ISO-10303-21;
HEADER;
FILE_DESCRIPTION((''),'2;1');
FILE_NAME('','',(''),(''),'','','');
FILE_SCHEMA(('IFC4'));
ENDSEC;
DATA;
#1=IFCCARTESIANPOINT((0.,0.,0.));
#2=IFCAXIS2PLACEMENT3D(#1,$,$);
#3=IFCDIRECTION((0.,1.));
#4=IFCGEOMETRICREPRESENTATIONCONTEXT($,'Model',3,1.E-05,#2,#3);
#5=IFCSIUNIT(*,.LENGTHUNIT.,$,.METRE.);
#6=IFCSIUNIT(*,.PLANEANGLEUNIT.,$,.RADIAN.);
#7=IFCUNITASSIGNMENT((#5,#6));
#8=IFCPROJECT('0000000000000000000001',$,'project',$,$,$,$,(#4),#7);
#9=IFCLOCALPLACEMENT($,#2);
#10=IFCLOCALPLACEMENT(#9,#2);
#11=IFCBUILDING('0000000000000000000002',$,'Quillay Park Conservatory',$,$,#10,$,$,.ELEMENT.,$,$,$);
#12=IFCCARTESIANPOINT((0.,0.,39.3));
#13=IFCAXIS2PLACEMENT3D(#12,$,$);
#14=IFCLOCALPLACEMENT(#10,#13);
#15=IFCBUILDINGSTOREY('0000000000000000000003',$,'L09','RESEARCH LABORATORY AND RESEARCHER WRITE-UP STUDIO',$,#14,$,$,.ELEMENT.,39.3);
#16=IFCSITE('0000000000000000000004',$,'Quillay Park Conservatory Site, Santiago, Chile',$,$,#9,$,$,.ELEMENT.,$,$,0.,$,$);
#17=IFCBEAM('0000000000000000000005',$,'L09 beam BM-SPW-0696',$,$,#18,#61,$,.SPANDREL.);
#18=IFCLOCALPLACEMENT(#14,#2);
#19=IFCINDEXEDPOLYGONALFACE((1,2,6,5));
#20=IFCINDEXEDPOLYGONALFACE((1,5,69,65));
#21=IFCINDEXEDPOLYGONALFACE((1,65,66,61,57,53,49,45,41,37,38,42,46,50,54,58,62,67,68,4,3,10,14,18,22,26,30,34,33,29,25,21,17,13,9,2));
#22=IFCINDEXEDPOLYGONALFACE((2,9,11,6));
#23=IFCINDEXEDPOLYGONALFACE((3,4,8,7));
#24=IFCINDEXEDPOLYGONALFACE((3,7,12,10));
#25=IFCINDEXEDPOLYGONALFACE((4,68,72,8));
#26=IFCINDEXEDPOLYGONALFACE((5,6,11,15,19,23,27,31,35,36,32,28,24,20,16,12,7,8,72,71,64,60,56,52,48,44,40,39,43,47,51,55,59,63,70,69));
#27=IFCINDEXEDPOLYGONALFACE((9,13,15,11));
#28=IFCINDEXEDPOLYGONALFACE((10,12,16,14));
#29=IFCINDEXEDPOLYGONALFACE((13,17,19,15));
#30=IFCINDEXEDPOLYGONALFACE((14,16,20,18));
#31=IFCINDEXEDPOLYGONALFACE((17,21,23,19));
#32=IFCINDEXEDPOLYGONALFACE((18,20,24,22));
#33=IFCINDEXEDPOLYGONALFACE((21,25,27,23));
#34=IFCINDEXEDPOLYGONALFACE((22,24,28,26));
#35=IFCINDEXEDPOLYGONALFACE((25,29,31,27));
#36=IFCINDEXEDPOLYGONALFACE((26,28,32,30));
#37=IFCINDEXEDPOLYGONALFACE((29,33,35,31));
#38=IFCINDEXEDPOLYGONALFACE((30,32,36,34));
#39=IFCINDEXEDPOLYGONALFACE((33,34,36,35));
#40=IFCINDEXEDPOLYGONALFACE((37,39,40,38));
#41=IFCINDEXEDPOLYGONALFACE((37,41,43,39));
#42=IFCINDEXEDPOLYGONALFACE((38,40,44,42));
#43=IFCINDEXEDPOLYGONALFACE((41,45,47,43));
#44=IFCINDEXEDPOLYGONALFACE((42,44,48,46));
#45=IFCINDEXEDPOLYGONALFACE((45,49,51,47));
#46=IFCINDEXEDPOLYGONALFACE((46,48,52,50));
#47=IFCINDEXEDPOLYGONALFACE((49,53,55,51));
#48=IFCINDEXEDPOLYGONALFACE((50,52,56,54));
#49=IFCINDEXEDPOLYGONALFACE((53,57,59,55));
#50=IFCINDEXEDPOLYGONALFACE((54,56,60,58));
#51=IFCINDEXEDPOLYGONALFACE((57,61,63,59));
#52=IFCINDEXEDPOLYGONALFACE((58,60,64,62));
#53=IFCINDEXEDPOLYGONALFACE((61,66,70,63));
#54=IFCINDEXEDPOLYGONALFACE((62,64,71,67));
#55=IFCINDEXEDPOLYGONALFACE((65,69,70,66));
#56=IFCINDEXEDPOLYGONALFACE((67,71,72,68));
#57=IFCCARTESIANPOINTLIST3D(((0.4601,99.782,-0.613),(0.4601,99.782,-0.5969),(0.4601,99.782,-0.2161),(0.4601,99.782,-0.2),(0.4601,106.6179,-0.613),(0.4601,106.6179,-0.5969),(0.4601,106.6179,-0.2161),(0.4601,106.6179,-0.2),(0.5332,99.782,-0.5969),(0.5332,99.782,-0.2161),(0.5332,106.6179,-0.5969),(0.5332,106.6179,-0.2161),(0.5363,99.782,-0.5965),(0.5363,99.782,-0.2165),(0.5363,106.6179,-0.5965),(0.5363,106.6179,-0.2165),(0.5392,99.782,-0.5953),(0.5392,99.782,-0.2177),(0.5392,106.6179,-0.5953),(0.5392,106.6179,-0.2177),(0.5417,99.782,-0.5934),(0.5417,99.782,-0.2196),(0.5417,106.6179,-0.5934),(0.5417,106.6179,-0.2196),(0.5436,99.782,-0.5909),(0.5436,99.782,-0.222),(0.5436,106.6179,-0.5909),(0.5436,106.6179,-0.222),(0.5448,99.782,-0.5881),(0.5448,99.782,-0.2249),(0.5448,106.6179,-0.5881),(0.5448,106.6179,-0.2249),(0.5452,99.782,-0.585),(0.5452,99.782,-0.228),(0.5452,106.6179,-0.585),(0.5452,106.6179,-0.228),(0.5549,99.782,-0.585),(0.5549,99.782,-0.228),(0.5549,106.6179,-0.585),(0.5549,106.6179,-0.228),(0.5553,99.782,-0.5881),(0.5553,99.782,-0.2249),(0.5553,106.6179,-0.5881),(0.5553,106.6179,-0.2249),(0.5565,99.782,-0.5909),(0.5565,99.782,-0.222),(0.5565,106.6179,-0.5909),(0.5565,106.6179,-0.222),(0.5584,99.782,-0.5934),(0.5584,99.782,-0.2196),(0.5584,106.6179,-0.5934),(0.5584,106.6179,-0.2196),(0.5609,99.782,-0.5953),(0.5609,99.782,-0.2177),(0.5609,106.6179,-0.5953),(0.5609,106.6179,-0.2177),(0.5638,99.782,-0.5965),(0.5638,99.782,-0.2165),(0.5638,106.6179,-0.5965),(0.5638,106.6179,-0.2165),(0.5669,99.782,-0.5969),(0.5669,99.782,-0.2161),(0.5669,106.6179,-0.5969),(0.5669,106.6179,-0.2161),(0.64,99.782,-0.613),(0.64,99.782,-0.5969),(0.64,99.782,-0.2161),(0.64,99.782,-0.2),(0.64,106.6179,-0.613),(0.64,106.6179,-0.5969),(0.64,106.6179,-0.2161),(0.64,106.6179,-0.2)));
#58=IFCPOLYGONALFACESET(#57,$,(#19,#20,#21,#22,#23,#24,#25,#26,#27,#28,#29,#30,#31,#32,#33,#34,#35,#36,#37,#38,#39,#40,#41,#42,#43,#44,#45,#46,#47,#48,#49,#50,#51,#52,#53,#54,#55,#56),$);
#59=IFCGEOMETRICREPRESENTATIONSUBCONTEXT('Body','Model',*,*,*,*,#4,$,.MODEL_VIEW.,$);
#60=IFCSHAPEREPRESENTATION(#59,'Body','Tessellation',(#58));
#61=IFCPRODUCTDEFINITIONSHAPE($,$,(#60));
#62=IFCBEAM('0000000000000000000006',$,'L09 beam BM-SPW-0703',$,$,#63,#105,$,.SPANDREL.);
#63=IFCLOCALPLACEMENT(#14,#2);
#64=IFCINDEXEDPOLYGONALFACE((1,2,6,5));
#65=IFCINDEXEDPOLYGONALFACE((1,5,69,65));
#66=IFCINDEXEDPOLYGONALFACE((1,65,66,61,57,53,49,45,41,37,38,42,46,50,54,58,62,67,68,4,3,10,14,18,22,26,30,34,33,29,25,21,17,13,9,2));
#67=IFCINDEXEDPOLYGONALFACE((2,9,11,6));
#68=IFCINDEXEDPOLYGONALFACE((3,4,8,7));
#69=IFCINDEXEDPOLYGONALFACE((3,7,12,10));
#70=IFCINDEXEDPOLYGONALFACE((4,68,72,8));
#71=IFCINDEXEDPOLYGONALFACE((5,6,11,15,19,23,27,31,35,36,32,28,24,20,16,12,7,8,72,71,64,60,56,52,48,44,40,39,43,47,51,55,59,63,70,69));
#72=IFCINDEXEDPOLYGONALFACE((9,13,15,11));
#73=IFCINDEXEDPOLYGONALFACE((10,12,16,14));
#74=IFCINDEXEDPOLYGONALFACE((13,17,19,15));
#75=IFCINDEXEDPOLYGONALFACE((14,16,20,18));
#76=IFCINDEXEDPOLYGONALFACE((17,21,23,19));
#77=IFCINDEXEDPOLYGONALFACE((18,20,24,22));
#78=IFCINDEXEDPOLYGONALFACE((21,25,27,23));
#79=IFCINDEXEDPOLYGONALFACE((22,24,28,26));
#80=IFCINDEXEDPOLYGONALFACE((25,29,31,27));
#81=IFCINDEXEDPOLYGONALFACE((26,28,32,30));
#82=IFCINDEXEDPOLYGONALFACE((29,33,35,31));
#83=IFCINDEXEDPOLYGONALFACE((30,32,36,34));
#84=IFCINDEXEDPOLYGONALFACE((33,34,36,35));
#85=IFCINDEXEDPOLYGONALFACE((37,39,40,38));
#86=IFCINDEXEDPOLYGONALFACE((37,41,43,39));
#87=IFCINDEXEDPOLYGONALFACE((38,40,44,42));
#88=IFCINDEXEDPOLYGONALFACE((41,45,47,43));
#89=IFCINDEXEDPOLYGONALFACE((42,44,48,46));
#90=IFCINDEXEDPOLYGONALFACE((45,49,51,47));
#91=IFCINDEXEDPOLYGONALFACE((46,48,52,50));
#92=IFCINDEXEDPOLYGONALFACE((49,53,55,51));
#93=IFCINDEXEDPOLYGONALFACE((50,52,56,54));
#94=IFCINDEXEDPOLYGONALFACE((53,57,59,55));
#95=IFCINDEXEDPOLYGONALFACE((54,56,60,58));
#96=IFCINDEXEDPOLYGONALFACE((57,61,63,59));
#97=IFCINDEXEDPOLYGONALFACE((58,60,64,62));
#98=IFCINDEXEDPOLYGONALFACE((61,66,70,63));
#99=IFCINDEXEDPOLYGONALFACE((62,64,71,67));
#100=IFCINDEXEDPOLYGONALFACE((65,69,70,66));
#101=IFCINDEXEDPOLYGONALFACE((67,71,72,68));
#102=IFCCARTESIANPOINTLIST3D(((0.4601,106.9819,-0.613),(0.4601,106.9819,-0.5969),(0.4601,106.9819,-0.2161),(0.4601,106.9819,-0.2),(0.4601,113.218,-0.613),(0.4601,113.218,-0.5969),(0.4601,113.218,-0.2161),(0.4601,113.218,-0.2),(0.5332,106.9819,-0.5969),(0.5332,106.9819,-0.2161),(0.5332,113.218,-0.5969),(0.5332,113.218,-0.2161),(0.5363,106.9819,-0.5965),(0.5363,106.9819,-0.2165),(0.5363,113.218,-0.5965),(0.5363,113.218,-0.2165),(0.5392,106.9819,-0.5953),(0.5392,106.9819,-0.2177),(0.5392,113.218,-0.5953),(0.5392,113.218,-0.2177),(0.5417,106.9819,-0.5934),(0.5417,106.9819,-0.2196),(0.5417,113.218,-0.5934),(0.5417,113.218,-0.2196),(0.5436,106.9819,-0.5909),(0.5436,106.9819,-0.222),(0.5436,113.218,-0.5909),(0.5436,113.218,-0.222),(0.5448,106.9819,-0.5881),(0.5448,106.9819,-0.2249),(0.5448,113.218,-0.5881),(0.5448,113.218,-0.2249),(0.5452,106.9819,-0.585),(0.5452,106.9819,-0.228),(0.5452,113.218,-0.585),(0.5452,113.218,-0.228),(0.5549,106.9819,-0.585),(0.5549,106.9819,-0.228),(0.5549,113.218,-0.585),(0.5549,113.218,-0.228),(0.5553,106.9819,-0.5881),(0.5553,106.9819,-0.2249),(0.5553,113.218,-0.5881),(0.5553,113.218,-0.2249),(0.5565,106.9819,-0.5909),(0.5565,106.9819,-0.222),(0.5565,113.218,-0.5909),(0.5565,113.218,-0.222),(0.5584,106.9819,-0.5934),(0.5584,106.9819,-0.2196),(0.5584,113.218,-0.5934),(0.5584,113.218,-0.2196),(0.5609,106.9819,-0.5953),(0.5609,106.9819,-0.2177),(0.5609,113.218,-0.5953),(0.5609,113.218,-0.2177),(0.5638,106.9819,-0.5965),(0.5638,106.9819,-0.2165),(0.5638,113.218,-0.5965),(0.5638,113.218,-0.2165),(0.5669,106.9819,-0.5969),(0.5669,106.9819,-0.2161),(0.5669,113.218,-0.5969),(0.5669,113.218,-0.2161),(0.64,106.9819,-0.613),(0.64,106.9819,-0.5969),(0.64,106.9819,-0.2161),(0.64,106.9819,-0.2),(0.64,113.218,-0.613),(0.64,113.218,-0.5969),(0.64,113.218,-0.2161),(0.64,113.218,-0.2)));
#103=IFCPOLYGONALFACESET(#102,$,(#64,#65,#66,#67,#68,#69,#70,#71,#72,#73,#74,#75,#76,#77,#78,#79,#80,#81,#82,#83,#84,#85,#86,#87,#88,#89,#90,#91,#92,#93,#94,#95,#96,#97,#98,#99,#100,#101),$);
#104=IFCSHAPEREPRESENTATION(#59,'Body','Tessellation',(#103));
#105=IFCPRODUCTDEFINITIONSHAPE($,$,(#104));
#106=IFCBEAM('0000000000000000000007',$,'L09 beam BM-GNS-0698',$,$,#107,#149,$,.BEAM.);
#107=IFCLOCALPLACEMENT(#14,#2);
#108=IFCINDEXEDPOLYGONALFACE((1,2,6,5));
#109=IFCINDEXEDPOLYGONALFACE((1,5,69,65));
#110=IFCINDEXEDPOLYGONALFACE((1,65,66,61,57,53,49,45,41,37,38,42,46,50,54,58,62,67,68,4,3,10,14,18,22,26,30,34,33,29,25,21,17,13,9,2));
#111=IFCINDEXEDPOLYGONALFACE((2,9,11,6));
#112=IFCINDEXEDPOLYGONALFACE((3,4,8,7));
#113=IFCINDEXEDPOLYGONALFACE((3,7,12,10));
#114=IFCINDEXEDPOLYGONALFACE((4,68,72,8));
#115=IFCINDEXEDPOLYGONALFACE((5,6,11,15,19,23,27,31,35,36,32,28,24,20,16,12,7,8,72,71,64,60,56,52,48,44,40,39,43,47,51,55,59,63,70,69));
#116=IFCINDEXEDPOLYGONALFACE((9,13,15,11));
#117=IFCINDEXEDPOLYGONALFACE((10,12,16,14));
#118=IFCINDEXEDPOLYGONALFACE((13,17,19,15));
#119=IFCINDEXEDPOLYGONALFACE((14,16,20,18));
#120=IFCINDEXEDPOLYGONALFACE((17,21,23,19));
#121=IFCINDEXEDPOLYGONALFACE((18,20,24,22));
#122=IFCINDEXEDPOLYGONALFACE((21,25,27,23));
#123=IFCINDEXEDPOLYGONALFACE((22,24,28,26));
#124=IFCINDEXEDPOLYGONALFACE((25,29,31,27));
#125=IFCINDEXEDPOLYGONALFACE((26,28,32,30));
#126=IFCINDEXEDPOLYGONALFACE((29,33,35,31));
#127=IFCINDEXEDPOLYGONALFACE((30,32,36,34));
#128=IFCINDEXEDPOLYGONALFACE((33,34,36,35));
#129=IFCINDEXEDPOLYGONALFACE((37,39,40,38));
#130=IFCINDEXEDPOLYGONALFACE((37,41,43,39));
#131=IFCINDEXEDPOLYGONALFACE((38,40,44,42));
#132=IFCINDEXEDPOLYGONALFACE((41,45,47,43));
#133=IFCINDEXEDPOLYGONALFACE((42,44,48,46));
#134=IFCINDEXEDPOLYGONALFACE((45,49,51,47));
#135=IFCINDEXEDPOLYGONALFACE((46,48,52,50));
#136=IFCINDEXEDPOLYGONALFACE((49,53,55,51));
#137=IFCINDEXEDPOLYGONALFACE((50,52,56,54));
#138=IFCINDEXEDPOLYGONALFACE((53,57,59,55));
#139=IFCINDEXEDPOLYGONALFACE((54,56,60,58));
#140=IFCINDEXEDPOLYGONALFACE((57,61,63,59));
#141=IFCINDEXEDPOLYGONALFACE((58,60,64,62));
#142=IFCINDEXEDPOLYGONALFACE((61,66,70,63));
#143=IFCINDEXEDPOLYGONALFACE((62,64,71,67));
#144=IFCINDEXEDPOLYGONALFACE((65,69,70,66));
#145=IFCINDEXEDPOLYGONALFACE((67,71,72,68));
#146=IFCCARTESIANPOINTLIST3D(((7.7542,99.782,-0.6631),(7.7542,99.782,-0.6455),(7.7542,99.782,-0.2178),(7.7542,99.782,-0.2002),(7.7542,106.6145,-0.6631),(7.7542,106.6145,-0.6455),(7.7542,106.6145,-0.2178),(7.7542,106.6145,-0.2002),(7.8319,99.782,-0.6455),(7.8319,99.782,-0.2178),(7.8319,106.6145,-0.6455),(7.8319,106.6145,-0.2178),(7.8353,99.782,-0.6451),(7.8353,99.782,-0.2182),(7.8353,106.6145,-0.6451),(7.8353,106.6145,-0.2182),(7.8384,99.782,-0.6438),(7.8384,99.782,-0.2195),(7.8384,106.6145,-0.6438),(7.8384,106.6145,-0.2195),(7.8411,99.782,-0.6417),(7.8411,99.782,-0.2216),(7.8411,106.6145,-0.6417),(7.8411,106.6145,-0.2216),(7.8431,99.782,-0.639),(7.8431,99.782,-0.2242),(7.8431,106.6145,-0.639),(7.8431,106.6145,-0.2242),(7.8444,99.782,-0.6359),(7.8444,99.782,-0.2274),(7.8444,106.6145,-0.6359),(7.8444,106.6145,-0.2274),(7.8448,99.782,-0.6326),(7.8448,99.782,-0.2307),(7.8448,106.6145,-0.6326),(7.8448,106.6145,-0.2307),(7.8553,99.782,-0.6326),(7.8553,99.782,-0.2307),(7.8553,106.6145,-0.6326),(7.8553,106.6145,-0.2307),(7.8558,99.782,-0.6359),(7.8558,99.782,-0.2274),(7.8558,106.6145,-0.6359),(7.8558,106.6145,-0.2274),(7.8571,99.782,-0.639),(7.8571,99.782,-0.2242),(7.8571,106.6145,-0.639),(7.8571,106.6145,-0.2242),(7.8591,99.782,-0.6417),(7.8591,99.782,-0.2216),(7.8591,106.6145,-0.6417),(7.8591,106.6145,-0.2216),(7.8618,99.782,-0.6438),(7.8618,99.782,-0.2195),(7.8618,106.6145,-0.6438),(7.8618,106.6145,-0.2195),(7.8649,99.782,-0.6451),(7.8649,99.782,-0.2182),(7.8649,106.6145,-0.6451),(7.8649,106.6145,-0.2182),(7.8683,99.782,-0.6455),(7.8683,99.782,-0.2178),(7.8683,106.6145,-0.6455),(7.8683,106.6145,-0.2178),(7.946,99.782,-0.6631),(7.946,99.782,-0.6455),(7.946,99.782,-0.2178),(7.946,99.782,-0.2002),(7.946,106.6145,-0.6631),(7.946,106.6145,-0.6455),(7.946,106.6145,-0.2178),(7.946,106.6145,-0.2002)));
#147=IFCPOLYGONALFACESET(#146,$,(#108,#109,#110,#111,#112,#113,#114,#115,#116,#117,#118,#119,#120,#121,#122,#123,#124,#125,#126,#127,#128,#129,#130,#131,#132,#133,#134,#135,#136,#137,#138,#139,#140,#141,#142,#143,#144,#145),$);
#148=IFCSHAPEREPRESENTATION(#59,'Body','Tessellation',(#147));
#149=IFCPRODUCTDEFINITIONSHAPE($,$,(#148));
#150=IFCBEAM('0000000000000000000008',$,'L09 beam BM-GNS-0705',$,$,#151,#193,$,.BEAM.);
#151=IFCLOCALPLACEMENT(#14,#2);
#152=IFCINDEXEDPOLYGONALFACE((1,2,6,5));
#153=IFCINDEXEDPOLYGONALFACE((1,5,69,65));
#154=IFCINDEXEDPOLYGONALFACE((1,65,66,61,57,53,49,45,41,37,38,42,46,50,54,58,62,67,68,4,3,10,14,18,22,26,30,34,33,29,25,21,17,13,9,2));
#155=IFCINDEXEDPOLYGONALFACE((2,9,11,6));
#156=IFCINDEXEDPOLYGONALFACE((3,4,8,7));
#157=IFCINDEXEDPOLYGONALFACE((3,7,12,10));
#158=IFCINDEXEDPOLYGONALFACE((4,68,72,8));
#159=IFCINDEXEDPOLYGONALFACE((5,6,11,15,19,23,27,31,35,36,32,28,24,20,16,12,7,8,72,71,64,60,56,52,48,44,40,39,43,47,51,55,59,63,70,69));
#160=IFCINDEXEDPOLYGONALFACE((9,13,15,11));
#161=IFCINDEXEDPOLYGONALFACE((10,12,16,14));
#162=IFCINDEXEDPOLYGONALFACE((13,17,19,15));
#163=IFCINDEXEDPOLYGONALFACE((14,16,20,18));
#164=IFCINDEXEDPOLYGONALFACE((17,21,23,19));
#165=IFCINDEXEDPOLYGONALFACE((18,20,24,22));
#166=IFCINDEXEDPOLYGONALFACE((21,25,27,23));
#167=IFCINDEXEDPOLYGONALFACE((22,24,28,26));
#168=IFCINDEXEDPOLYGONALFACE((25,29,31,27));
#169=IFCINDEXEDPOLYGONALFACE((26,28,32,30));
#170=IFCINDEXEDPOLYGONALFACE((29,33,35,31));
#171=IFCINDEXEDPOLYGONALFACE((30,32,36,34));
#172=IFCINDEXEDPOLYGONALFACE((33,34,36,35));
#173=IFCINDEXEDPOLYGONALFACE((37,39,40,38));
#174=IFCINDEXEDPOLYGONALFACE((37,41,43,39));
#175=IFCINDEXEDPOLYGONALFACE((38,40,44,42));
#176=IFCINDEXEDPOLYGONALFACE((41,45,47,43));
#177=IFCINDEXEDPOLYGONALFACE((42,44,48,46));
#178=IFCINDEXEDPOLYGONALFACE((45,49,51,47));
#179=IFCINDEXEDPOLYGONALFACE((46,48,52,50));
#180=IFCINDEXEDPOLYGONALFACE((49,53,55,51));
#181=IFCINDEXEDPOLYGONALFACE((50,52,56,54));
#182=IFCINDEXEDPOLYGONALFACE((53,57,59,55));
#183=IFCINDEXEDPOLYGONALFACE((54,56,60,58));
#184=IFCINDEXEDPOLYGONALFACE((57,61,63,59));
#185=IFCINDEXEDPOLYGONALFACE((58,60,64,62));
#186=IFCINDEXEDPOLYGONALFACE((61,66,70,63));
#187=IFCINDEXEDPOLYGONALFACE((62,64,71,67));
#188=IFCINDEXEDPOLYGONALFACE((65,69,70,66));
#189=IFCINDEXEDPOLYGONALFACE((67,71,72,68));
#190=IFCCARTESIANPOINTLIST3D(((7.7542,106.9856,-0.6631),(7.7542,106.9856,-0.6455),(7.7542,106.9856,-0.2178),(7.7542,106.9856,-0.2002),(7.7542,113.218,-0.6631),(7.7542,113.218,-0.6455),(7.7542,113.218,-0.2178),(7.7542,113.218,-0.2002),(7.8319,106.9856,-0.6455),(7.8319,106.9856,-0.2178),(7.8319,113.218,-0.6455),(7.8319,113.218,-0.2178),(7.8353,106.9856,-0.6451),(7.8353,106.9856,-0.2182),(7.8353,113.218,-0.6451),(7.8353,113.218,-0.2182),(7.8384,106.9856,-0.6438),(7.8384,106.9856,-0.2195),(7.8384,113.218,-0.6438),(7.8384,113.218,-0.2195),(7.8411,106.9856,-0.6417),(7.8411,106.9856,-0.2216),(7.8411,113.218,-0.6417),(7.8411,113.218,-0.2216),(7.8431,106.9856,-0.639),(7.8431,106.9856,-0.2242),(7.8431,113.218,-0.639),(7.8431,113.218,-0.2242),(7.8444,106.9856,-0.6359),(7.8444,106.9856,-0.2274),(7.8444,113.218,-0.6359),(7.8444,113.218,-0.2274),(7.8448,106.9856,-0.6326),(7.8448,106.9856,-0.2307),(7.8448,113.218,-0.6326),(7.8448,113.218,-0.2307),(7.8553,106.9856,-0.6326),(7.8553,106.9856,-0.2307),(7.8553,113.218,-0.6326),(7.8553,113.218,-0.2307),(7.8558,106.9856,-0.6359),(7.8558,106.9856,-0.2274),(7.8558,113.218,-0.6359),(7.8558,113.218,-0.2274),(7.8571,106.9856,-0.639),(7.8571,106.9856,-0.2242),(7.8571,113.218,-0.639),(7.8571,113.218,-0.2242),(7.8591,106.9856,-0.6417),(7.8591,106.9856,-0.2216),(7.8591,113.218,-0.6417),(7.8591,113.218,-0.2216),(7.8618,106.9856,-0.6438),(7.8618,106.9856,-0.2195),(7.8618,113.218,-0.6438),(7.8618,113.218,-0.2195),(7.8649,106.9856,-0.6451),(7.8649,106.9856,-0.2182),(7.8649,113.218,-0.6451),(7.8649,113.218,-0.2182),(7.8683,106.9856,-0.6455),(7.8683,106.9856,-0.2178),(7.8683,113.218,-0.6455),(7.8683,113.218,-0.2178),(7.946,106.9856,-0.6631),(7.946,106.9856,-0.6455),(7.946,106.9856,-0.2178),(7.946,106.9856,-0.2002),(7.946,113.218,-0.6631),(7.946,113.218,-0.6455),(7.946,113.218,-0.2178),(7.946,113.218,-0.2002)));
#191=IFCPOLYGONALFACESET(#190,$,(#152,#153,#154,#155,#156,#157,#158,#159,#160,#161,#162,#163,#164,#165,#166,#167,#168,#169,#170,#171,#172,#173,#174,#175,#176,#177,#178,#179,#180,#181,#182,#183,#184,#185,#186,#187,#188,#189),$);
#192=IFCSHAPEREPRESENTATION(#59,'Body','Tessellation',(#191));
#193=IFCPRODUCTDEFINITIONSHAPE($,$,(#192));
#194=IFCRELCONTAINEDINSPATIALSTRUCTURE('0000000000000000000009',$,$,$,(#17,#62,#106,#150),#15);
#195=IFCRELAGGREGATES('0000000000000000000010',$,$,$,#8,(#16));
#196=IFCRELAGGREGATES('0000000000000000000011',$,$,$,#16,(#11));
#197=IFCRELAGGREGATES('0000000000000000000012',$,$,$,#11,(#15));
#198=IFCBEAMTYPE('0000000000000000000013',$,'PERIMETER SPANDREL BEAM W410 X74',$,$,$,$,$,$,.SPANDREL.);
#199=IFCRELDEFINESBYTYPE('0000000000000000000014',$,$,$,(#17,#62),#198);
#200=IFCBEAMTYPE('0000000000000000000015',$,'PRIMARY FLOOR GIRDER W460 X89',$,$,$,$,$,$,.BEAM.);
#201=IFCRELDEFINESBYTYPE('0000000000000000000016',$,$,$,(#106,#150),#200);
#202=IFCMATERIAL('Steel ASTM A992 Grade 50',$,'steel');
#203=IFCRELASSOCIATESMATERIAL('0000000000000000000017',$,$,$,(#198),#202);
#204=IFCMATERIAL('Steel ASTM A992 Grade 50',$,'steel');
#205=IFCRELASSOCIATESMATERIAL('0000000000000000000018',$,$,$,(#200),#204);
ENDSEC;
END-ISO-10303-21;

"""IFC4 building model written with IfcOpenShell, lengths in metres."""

from ifc_helpers import new_model, si_unit, direction, frame, origin, origin_2d, place, context, subcontext, project, spatial, i_section, extrude, material, material_profile, profile_set, type_object, element, save


model = new_model("IFC4")

# Units and contexts
model_context = context("Model", 3, precision=1e-05, world=origin(), true_north=direction((0.0, 1.0)))
body_context = subcontext(model_context, "Body", "Model", "MODEL_VIEW")
ifc_project = project(units=[si_unit("LENGTHUNIT", "METRE"), si_unit("PLANEANGLEUNIT", "RADIAN")], contexts=[model_context])

# Site, building, storey
site_placement = place(None, origin())
site = spatial("IfcSite", under=ifc_project, at=site_placement, Name="Quillay Park Conservatory Site, Santiago, Chile", CompositionType="ELEMENT", RefElevation=0.0)
building_placement = place(site_placement, origin())
building = spatial("IfcBuilding", under=site, at=building_placement, Name="Quillay Park Conservatory", CompositionType="ELEMENT")
storey_placement = place(building_placement, frame((0.0, 0.0, 39.3)))
storey = spatial("IfcBuildingStorey", under=building, at=storey_placement, Name="L09", Description="RESEARCH LABORATORY AND RESEARCHER WRITE-UP STUDIO", CompositionType="ELEMENT", Elevation=39.3)

# Beams
ifc_material_1 = material(Name="Steel ASTM A992 Grade 50", Category="steel")
ifc_material_profile_1 = material_profile(ifc_material_1, i_section(OverallWidth=0.1799, OverallDepth=0.4131, WebThickness=0.0098, FlangeThickness=0.0161, FilletRadius=0.012, at=origin_2d()), Name="W410x74")
ifc_profile_set_1 = profile_set([ifc_material_profile_1], Name="Steel ASTM A992 Grade 50")
beam_type_1 = type_object("IfcBeamType", Name="PERIMETER SPANDREL BEAM W410 X74", PredefinedType="SPANDREL", material=ifc_profile_set_1)
beam_1_placement = place(storey_placement, frame((0.55, 99.782, -0.4065), z_axis=(0.0, 1.0, 0.0), x_axis=(-1.0, 0.0, 0.0)))
element("IfcBeam", 1, at=beam_1_placement, inside=storey, type_object=beam_type_1, Name="L09 beam BM-SPW-0696", PredefinedType="SPANDREL", context=body_context, shape_type="SweptSolid", body=[
    extrude(i_section(OverallWidth=0.1799, OverallDepth=0.4131, WebThickness=0.0098, FlangeThickness=0.0161, FilletRadius=0.012, at=origin_2d()), origin(), (0.0, 0.0, 1.0), 6.8359),
])
beam_2_placement = place(storey_placement, frame((0.55, 106.9819, -0.4065), z_axis=(0.0, 1.0, 0.0), x_axis=(-1.0, 0.0, 0.0)))
element("IfcBeam", 2, at=beam_2_placement, inside=storey, type_object=beam_type_1, Name="L09 beam BM-SPW-0703", PredefinedType="SPANDREL", context=body_context, shape_type="SweptSolid", body=[
    extrude(i_section(OverallWidth=0.1799, OverallDepth=0.4131, WebThickness=0.0098, FlangeThickness=0.0161, FilletRadius=0.012, at=origin_2d()), origin(), (0.0, 0.0, 1.0), 6.2361),
])
ifc_material_2 = material(Name="Steel ASTM A992 Grade 50", Category="steel")
ifc_material_profile_2 = material_profile(ifc_material_2, i_section(OverallWidth=0.1919, OverallDepth=0.4629, WebThickness=0.0105, FlangeThickness=0.0176, FilletRadius=0.0129, at=origin_2d()), Name="W460x89")
ifc_profile_set_2 = profile_set([ifc_material_profile_2], Name="Steel ASTM A992 Grade 50")
beam_type_2 = type_object("IfcBeamType", Name="PRIMARY FLOOR GIRDER W460 X89", PredefinedType="BEAM", material=ifc_profile_set_2)
beam_3_placement = place(storey_placement, frame((7.8501, 99.782, -0.4316), z_axis=(0.0, 1.0, 0.0), x_axis=(-1.0, 0.0, 0.0)))
element("IfcBeam", 3, at=beam_3_placement, inside=storey, type_object=beam_type_2, Name="L09 beam BM-GNS-0698", PredefinedType="BEAM", context=body_context, shape_type="SweptSolid", body=[
    extrude(i_section(OverallWidth=0.1919, OverallDepth=0.4629, WebThickness=0.0105, FlangeThickness=0.0176, FilletRadius=0.0129, at=origin_2d()), origin(), (0.0, 0.0, 1.0), 6.8325),
])
beam_4_placement = place(storey_placement, frame((7.8501, 106.9856, -0.4316), z_axis=(0.0, 1.0, 0.0), x_axis=(-1.0, 0.0, 0.0)))
element("IfcBeam", 4, at=beam_4_placement, inside=storey, type_object=beam_type_2, Name="L09 beam BM-GNS-0705", PredefinedType="BEAM", context=body_context, shape_type="SweptSolid", body=[
    extrude(i_section(OverallWidth=0.1919, OverallDepth=0.4629, WebThickness=0.0105, FlangeThickness=0.0176, FilletRadius=0.0129, at=origin_2d()), origin(), (0.0, 0.0, 1.0), 6.2324),
])

save(model, "model.ifc")
